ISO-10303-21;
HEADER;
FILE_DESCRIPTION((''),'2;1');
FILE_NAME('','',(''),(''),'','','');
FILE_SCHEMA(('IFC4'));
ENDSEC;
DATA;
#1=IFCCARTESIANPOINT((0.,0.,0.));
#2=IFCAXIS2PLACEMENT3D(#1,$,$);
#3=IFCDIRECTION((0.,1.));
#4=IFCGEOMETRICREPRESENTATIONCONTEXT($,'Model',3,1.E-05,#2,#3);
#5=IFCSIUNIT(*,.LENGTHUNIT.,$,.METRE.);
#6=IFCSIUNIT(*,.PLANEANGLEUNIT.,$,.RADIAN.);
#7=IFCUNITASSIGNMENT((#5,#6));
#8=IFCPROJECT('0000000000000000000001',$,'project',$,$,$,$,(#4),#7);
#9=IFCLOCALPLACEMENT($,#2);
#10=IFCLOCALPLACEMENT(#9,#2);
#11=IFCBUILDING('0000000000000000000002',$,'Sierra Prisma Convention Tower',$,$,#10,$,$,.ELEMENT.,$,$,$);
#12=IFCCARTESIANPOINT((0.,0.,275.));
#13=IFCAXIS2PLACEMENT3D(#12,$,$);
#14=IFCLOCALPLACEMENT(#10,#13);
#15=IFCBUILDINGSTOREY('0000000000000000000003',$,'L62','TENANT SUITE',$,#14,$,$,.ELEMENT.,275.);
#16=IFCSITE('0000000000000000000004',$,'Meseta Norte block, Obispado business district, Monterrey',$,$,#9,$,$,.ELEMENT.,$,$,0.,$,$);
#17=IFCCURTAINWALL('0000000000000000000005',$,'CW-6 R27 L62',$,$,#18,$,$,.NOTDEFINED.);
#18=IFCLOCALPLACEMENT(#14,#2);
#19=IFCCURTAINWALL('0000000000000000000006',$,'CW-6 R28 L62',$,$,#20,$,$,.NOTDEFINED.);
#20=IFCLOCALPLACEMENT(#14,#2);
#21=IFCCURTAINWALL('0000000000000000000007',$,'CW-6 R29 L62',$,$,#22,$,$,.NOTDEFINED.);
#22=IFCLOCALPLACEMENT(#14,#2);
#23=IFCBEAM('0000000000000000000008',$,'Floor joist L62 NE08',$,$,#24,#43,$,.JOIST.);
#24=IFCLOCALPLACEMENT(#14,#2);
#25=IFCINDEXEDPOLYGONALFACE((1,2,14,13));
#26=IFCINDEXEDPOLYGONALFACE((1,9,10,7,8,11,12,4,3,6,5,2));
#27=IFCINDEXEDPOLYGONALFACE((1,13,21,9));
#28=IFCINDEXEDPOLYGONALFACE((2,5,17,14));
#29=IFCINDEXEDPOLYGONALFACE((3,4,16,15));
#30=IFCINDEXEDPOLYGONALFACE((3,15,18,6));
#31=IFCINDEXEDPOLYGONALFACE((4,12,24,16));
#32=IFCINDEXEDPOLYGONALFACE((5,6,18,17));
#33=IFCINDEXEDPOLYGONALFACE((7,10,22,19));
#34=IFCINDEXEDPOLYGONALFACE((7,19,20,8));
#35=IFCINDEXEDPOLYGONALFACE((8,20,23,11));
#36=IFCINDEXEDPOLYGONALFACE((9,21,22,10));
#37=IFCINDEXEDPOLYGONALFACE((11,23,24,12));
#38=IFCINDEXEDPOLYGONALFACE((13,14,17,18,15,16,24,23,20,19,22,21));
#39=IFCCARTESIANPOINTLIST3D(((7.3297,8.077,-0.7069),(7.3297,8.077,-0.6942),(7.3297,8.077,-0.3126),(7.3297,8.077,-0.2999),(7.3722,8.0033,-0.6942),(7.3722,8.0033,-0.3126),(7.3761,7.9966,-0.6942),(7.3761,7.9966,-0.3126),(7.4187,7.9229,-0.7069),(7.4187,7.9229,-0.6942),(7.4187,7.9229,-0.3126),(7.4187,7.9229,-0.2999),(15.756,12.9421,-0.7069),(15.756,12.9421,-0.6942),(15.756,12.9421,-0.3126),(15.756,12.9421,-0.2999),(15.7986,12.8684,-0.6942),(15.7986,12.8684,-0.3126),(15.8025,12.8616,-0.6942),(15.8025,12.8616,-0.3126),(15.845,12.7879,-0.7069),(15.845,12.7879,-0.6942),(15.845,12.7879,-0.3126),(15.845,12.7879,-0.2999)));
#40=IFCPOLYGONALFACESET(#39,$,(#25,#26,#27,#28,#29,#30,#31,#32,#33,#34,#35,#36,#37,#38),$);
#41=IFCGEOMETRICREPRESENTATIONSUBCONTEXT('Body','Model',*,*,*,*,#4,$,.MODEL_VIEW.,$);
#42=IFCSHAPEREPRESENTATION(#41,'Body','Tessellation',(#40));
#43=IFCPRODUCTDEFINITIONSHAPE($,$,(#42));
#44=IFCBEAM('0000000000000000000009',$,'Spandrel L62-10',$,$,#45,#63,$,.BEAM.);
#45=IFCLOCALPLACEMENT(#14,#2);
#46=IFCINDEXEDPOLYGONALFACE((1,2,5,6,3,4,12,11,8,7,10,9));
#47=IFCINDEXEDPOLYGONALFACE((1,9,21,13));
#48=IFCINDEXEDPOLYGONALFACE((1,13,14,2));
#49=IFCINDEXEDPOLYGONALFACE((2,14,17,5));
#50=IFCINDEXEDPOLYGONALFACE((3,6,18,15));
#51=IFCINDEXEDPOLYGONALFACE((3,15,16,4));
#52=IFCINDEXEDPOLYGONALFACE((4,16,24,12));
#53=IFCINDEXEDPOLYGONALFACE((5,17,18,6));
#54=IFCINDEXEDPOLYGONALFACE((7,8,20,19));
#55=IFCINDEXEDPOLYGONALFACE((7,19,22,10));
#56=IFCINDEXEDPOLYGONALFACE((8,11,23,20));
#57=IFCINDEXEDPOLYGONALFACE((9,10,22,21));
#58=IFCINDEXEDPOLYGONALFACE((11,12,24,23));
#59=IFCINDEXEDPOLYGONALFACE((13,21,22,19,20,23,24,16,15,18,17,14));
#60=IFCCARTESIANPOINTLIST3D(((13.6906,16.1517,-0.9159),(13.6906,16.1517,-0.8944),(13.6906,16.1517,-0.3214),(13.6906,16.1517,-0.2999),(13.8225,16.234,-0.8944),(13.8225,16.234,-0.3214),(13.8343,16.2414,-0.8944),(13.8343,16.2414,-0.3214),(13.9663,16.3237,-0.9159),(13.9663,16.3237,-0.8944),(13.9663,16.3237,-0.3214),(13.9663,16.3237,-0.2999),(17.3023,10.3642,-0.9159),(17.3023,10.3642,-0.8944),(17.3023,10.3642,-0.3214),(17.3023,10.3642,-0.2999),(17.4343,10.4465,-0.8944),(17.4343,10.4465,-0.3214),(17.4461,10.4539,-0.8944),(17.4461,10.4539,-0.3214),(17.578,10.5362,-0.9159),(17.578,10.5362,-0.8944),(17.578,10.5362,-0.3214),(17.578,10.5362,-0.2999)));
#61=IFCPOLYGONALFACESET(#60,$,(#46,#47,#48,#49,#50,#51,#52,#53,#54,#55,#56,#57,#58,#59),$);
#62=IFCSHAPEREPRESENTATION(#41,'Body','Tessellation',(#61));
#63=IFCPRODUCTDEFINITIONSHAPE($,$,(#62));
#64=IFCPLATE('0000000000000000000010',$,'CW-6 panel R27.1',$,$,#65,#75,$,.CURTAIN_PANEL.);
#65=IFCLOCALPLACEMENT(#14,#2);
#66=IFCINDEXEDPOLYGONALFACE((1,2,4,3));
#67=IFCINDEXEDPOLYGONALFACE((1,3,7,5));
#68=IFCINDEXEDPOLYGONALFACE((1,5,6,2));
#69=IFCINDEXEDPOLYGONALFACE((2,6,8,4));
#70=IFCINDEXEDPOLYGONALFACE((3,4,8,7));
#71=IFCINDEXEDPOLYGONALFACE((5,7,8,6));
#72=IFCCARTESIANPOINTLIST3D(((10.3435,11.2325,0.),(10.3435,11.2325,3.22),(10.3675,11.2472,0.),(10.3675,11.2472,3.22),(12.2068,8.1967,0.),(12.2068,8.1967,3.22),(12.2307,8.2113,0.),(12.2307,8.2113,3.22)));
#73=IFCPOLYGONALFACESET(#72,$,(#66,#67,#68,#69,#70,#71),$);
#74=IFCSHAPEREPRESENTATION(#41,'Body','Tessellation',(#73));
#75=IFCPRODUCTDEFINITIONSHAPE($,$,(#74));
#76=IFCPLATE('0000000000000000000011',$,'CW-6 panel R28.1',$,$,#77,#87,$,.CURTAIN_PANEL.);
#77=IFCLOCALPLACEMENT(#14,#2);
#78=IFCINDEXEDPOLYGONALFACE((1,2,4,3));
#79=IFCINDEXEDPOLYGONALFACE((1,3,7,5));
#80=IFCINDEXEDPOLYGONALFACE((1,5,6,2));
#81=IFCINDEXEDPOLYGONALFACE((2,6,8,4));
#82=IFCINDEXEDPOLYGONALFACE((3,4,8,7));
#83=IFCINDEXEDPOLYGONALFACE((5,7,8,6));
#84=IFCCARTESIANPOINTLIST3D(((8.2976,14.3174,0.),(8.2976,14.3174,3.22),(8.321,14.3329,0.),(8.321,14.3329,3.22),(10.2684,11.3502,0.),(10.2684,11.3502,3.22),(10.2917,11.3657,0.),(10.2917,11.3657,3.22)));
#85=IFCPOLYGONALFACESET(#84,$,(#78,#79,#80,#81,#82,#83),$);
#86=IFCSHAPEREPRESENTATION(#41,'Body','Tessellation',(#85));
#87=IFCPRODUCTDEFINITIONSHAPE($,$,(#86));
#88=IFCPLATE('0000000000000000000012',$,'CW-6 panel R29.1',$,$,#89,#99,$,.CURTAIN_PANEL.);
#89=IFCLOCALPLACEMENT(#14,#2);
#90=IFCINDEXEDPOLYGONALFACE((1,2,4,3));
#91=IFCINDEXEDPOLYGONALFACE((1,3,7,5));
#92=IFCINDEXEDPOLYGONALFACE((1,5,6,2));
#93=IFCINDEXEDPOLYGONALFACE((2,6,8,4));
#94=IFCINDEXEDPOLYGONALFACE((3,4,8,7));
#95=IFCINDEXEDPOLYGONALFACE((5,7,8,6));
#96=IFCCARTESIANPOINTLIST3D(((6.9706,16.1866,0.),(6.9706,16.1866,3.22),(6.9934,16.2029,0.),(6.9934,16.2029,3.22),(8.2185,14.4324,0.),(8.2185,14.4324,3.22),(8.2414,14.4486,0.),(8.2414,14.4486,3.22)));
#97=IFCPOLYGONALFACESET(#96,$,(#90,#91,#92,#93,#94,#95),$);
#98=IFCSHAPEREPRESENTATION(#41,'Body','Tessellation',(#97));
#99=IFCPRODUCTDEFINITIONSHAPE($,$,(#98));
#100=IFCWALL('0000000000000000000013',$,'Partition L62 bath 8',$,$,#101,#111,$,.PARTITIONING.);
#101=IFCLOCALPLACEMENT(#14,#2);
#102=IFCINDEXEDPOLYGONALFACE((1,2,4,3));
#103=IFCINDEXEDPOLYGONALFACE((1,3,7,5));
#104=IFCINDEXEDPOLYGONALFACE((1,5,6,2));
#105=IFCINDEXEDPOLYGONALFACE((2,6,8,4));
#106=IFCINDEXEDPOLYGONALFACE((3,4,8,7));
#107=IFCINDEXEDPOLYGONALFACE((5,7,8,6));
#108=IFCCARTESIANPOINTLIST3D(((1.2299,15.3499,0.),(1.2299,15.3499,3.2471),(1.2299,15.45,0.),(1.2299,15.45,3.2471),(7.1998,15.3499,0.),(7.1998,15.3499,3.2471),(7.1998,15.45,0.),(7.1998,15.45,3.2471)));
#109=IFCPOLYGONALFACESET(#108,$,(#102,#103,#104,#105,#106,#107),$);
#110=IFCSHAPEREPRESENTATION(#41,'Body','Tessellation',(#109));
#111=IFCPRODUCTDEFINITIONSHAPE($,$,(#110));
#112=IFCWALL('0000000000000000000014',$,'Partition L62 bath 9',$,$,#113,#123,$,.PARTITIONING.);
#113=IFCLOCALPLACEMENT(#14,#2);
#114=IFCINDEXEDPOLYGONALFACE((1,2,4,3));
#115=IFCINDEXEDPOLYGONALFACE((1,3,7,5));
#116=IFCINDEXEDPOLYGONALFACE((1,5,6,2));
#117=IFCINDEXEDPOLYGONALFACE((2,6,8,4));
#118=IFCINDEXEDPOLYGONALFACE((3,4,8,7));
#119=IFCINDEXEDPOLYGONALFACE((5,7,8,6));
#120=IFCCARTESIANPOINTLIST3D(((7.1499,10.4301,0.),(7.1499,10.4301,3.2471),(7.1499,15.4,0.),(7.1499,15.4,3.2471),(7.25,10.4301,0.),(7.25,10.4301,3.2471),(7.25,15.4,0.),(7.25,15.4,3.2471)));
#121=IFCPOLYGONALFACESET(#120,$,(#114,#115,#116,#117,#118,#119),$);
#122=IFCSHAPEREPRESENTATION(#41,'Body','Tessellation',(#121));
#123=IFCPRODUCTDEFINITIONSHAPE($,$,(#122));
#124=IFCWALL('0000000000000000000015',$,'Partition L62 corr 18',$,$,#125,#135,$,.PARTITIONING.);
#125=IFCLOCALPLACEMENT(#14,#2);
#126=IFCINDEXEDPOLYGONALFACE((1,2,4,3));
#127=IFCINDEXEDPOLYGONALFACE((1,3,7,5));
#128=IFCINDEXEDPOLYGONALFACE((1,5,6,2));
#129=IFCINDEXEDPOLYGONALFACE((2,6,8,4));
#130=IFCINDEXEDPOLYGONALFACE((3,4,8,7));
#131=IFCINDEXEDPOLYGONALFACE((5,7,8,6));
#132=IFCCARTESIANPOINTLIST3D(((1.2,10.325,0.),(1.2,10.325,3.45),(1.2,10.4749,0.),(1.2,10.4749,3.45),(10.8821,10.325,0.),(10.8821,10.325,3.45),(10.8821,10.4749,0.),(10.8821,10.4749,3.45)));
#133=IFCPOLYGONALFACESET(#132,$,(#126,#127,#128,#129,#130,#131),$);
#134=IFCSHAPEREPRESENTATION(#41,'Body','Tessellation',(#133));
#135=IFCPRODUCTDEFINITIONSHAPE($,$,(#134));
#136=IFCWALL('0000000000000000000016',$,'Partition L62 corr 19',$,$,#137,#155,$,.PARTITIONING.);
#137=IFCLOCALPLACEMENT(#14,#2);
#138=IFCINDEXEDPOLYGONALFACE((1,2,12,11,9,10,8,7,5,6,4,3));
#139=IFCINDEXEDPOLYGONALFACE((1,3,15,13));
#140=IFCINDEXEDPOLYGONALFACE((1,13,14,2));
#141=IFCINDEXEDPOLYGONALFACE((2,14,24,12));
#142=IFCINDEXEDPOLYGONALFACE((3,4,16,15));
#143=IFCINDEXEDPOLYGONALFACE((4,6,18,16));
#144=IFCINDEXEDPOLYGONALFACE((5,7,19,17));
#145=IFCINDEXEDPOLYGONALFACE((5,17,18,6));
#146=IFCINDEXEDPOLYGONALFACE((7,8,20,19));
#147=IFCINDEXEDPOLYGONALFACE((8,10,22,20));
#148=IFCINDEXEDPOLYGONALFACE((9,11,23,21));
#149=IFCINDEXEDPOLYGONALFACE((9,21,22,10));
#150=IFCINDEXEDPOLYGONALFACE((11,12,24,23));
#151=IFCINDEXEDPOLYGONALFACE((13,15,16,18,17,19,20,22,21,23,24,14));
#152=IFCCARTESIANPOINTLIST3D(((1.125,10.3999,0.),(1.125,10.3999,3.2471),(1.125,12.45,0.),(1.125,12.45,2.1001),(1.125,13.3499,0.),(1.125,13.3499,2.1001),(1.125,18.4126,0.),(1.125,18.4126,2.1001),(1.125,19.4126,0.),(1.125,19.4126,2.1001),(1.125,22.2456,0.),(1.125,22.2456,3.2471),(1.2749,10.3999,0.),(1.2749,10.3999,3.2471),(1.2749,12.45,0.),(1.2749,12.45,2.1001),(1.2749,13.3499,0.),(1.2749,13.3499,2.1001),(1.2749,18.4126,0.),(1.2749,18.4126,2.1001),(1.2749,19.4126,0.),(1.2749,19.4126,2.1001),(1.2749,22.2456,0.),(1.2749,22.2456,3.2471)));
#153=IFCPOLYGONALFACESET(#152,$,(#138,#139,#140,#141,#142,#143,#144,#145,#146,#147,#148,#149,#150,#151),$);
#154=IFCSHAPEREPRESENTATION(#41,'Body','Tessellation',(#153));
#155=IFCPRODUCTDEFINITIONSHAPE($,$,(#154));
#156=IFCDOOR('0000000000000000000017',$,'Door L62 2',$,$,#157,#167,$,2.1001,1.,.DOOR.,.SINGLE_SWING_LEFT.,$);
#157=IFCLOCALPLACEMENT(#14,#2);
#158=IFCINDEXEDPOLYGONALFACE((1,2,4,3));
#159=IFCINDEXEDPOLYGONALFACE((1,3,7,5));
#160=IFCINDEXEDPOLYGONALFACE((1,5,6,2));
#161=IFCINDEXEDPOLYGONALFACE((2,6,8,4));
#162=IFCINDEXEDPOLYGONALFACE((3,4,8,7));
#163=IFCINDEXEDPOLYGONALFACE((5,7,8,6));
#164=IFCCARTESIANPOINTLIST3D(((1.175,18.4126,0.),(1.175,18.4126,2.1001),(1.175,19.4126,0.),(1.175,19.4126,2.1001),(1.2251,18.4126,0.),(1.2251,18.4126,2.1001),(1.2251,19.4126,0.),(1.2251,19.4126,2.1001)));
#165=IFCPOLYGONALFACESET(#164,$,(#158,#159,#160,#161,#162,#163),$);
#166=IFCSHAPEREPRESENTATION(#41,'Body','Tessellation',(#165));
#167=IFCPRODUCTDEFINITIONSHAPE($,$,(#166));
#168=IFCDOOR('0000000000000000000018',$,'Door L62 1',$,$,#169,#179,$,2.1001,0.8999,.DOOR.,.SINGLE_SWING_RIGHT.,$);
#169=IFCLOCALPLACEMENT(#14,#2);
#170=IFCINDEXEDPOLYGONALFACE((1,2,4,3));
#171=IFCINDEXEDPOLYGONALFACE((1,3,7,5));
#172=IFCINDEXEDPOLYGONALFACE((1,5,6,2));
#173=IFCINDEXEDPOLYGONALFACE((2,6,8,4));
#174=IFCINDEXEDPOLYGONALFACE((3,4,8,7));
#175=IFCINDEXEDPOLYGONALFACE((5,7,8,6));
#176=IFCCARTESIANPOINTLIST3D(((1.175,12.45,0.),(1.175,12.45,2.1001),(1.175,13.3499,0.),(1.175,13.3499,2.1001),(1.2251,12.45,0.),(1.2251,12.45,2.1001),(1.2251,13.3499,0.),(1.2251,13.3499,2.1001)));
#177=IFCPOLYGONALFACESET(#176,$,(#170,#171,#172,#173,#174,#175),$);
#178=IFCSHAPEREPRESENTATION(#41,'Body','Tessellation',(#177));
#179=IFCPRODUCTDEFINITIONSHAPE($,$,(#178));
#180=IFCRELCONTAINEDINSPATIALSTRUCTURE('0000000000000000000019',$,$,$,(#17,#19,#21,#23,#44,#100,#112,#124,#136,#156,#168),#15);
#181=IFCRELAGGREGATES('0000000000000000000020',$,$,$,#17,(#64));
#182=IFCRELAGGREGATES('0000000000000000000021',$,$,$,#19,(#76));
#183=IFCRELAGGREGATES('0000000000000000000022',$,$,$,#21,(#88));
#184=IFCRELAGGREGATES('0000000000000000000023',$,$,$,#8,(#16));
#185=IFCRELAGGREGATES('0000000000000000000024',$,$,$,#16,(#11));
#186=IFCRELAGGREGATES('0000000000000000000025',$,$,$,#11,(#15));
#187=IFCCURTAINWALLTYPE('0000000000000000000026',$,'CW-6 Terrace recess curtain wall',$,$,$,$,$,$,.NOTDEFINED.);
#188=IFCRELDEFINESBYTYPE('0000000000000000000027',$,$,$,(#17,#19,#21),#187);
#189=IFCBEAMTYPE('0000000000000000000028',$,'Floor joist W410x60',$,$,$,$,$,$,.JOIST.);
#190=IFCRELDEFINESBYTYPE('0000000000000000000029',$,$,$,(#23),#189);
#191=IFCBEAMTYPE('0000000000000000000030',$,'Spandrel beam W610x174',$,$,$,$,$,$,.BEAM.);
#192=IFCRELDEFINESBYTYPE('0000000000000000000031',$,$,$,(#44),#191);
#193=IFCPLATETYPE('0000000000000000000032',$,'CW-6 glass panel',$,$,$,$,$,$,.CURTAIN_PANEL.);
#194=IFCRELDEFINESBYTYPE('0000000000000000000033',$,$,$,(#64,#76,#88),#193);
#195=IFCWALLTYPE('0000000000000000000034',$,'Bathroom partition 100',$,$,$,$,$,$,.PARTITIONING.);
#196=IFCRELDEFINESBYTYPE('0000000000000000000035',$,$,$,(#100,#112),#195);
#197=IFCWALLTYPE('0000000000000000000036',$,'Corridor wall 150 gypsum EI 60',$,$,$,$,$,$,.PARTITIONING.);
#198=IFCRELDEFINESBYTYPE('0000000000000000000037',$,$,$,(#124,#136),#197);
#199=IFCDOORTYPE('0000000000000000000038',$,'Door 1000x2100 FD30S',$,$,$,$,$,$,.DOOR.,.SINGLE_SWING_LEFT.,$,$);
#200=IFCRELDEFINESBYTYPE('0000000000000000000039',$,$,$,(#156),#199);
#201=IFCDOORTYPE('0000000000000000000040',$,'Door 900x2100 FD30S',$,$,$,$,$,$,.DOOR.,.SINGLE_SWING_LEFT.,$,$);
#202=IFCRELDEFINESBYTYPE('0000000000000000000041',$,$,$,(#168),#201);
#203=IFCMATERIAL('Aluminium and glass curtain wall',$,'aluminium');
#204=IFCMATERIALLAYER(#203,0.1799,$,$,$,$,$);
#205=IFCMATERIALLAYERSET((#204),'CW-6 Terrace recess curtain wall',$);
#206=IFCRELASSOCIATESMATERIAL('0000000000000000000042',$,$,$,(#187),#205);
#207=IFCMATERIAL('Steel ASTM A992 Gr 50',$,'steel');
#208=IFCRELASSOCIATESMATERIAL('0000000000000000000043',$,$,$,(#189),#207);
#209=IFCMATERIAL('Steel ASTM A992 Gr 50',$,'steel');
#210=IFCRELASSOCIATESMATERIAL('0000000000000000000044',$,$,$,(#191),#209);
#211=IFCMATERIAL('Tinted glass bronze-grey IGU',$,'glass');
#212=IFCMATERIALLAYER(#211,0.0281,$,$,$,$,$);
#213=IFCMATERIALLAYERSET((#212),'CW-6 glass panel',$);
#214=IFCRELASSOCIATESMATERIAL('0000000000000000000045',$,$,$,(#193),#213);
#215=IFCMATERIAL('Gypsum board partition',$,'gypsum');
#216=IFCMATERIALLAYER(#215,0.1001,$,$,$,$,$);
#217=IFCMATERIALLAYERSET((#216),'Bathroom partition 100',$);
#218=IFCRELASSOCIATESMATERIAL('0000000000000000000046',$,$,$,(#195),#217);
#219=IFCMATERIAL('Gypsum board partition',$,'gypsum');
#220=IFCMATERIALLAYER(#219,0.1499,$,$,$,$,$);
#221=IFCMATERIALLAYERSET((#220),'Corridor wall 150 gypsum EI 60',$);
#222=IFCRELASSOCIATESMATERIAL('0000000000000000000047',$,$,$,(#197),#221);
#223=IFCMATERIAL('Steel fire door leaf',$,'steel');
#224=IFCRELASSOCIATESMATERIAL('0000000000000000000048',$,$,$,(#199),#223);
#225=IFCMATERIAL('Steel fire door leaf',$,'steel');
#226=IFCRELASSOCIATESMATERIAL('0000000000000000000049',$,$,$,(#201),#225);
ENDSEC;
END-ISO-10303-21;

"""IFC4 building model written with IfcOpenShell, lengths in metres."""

from ifc_helpers import new_model, si_unit, direction, frame, frame_2d, origin, origin_2d, place, context, subcontext, project, spatial, rectangle, i_section, extrude, material, layer, layer_set, material_profile, profile_set, type_object, element, fill, aggregate, save


model = new_model("IFC4")

# Units and contexts
model_context = context("Model", 3, precision=1e-05, world=origin(), true_north=direction((0.0, 1.0)))
body_context = subcontext(model_context, "Body", "Model", "MODEL_VIEW")
ifc_project = project(units=[si_unit("LENGTHUNIT", "METRE"), si_unit("PLANEANGLEUNIT", "RADIAN")], contexts=[model_context])

# Site, building, storey
site_placement = place(None, origin())
site = spatial("IfcSite", under=ifc_project, at=site_placement, Name="Meseta Norte block, Obispado business district, Monterrey", CompositionType="ELEMENT", RefElevation=0.0)
building_placement = place(site_placement, origin())
building = spatial("IfcBuilding", under=site, at=building_placement, Name="Sierra Prisma Convention Tower", CompositionType="ELEMENT")
storey_placement = place(building_placement, frame((0.0, 0.0, 275.0)))
storey = spatial("IfcBuildingStorey", under=building, at=storey_placement, Name="L62", Description="TENANT SUITE", CompositionType="ELEMENT", Elevation=275.0)

# Curtain walls
ifc_material_1 = material(Name="Aluminium and glass curtain wall", Category="aluminium")
ifc_layer_1 = layer(ifc_material_1, 0.1799)
ifc_layer_set_1 = layer_set([ifc_layer_1], Name="CW-6 Terrace recess curtain wall")
curtain_wall_type = type_object("IfcCurtainWallType", Name="CW-6 Terrace recess curtain wall", PredefinedType="NOTDEFINED", material=ifc_layer_set_1)
curtain_wall_1_placement = place(storey_placement, origin())
curtain_wall_1 = element("IfcCurtainWall", 1, at=curtain_wall_1_placement, inside=storey, type_object=curtain_wall_type, Name="CW-6 R27 L62", PredefinedType="NOTDEFINED")
curtain_wall_2_placement = place(storey_placement, origin())
curtain_wall_2 = element("IfcCurtainWall", 2, at=curtain_wall_2_placement, inside=storey, type_object=curtain_wall_type, Name="CW-6 R28 L62", PredefinedType="NOTDEFINED")

# Curtain wall
curtain_wall_3_placement = place(storey_placement, origin())
curtain_wall_3 = element("IfcCurtainWall", 3, at=curtain_wall_3_placement, inside=storey, type_object=curtain_wall_type, Name="CW-6 R29 L62", PredefinedType="NOTDEFINED")

# Beams
ifc_material_2 = material(Name="Steel ASTM A992 Gr 50", Category="steel")
ifc_material_profile_1 = material_profile(ifc_material_2, i_section(OverallWidth=0.178, OverallDepth=0.407, WebThickness=0.0078, FlangeThickness=0.0127, at=origin_2d()), Name="W410x60")
ifc_profile_set_1 = profile_set([ifc_material_profile_1], Name="Steel ASTM A992 Gr 50")
beam_type_1 = type_object("IfcBeamType", Name="Floor joist W410x60", PredefinedType="JOIST", material=ifc_profile_set_1)
beam_1_placement = place(storey_placement, frame((15.8005, 12.865, -0.5034), z_axis=(-0.866022, -0.500006, 0.0), x_axis=(0.500006, -0.866022, 0.0)))
element("IfcBeam", 4, at=beam_1_placement, inside=storey, type_object=beam_type_1, Name="Floor joist L62 NE08", PredefinedType="JOIST", context=body_context, shape_type="SweptSolid", body=[
    extrude(i_section(OverallWidth=0.178, OverallDepth=0.407, WebThickness=0.0078, FlangeThickness=0.0127, at=origin_2d()), origin(), (0.0, 0.0, 1.0), 9.73),
])
ifc_material_3 = material(Name="Steel ASTM A992 Gr 50", Category="steel")
ifc_material_profile_2 = material_profile(ifc_material_3, i_section(OverallWidth=0.325, OverallDepth=0.616, WebThickness=0.0139, FlangeThickness=0.0215, at=origin_2d()), Name="W610x174")
ifc_profile_set_2 = profile_set([ifc_material_profile_2], Name="Steel ASTM A992 Gr 50")
beam_type_2 = type_object("IfcBeamType", Name="Spandrel beam W610x174", PredefinedType="BEAM", material=ifc_profile_set_2)
beam_2_placement = place(storey_placement, frame((17.4402, 10.4502, -0.6079), z_axis=(-0.529426, 0.848356, 0.0), x_axis=(-0.848356, -0.529426, 0.0)))
element("IfcBeam", 5, at=beam_2_placement, inside=storey, type_object=beam_type_2, Name="Spandrel L62-10", PredefinedType="BEAM", context=body_context, shape_type="SweptSolid", body=[
    extrude(i_section(OverallWidth=0.325, OverallDepth=0.616, WebThickness=0.0139, FlangeThickness=0.0215, at=origin_2d()), origin(), (0.0, 0.0, 1.0), 6.822),
])

# Plates
ifc_material_4 = material(Name="Tinted glass bronze-grey IGU", Category="glass")
ifc_layer_2 = layer(ifc_material_4, 0.0281)
ifc_layer_set_2 = layer_set([ifc_layer_2], Name="CW-6 glass panel")
plate_type = type_object("IfcPlateType", Name="CW-6 glass panel", PredefinedType="CURTAIN_PANEL", material=ifc_layer_set_2)
plate_1_placement = place(storey_placement, frame((11.2871, 9.7219, 0.0), z_axis=(0.0, 0.0, 1.0), x_axis=(-0.523082, 0.852282, 0.0)))
plate_1 = element("IfcPlate", 6, at=plate_1_placement, type_object=plate_type, Name="CW-6 panel R27.1", PredefinedType="CURTAIN_PANEL", context=body_context, shape_type="SweptSolid", body=[
    extrude(rectangle(XDim=3.562, YDim=0.0281, at=origin_2d()), origin(), (0.0, 0.0, 1.0), 3.22),
])
aggregate(curtain_wall_1, [plate_1])
plate_2_placement = place(storey_placement, frame((9.2947, 12.8416, 0.0), z_axis=(0.0, 0.0, 1.0), x_axis=(-0.553268, 0.833003, 0.0)))
plate_2 = element("IfcPlate", 7, at=plate_2_placement, type_object=plate_type, Name="CW-6 panel R28.1", PredefinedType="CURTAIN_PANEL", context=body_context, shape_type="SweptSolid", body=[
    extrude(rectangle(XDim=3.562, YDim=0.0281, at=origin_2d()), origin(), (0.0, 0.0, 1.0), 3.22),
])
aggregate(curtain_wall_2, [plate_2])
plate_3_placement = place(storey_placement, frame((7.606, 15.3176, 0.0), z_axis=(0.0, 0.0, 1.0), x_axis=(-0.579669, 0.814852, 0.0)))
plate_3 = element("IfcPlate", 8, at=plate_3_placement, type_object=plate_type, Name="CW-6 panel R29.1", PredefinedType="CURTAIN_PANEL", context=body_context, shape_type="SweptSolid", body=[
    extrude(rectangle(XDim=2.1528, YDim=0.0281, at=origin_2d()), origin(), (0.0, 0.0, 1.0), 3.22),
])
aggregate(curtain_wall_3, [plate_3])

# Walls
ifc_material_5 = material(Name="Gypsum board partition", Category="gypsum")
ifc_layer_3 = layer(ifc_material_5, 0.1001)
ifc_layer_set_3 = layer_set([ifc_layer_3], Name="Bathroom partition 100")
wall_type_1 = type_object("IfcWallType", Name="Bathroom partition 100", PredefinedType="PARTITIONING", material=ifc_layer_set_3)
wall_1_placement = place(storey_placement, frame((1.23, 15.3999, 0.0), z_axis=(0.0, 0.0, 1.0), x_axis=(1.0, 0.0, 0.0)))
element("IfcWall", 9, at=wall_1_placement, inside=storey, type_object=wall_type_1, Name="Partition L62 bath 8", PredefinedType="PARTITIONING", context=body_context, shape_type="SweptSolid", body=[
    extrude(rectangle(XDim=5.97, YDim=0.1001, at=frame_2d((2.9849, 0.0))), origin(), (0.0, 0.0, 1.0), 3.2471),
])
wall_2_placement = place(storey_placement, frame((7.2, 15.3999, 0.0), z_axis=(0.0, 0.0, 1.0), x_axis=(0.0, -1.0, 0.0)))
element("IfcWall", 10, at=wall_2_placement, inside=storey, type_object=wall_type_1, Name="Partition L62 bath 9", PredefinedType="PARTITIONING", context=body_context, shape_type="SweptSolid", body=[
    extrude(rectangle(XDim=4.97, YDim=0.1001, at=frame_2d((2.4849, 0.0))), origin(), (0.0, 0.0, 1.0), 3.2471),
])

# Wall
ifc_material_6 = material(Name="Gypsum board partition", Category="gypsum")
ifc_layer_4 = layer(ifc_material_6, 0.1499)
ifc_layer_set_4 = layer_set([ifc_layer_4], Name="Corridor wall 150 gypsum EI 60")
wall_type_2 = type_object("IfcWallType", Name="Corridor wall 150 gypsum EI 60", PredefinedType="PARTITIONING", material=ifc_layer_set_4)
wall_3_placement = place(storey_placement, frame((10.8821, 10.3999, 0.0), z_axis=(0.0, 0.0, 1.0), x_axis=(-1.0, 0.0, 0.0)))
element("IfcWall", 11, at=wall_3_placement, inside=storey, type_object=wall_type_2, Name="Partition L62 corr 18", PredefinedType="PARTITIONING", context=body_context, shape_type="SweptSolid", body=[
    extrude(rectangle(XDim=9.6821, YDim=0.1499, at=frame_2d((4.8411, 0.0))), origin(), (0.0, 0.0, 1.0), 3.45),
])

# Wall, openings, doors
wall_4_placement = place(storey_placement, frame((1.2, 10.3999, 0.0), z_axis=(0.0, 0.0, 1.0), x_axis=(0.0, 1.0, 0.0)))
wall_4 = element("IfcWall", 12, at=wall_4_placement, inside=storey, type_object=wall_type_2, Name="Partition L62 corr 19", PredefinedType="PARTITIONING", context=body_context, shape_type="SweptSolid", body=[
    extrude(rectangle(XDim=11.8457, YDim=0.1499, at=frame_2d((5.9229, 0.0))), origin(), (0.0, 0.0, 1.0), 3.2471),
])
opening_1_placement = place(wall_4_placement, frame((2.05, 0.0, 0.0)))
opening_1 = element("IfcOpeningElement", 13, at=opening_1_placement, cuts=wall_4, PredefinedType="OPENING", context=body_context, shape_type="SweptSolid", body=[
    extrude(rectangle(XDim=0.8999, YDim=2.1001, at=frame_2d((0.45, 1.05))), frame((0.0, 0.075, 0.0), z_axis=(0.0, -1.0, 0.0), x_axis=(1.0, 0.0, 0.0)), (0.0, 0.0, 1.0), 0.1499),
])
opening_2_placement = place(wall_4_placement, frame((8.0127, 0.0, 0.0)))
opening_2 = element("IfcOpeningElement", 14, at=opening_2_placement, cuts=wall_4, PredefinedType="OPENING", context=body_context, shape_type="SweptSolid", body=[
    extrude(rectangle(XDim=1.0, YDim=2.1001, at=frame_2d((0.5, 1.05))), frame((0.0, 0.075, 0.0), z_axis=(0.0, -1.0, 0.0), x_axis=(1.0, 0.0, 0.0)), (0.0, 0.0, 1.0), 0.1499),
])
ifc_material_7 = material(Name="Steel fire door leaf", Category="steel")
door_type_1 = type_object("IfcDoorType", Name="Door 1000x2100 FD30S", OperationType="SINGLE_SWING_LEFT", PredefinedType="DOOR", material=ifc_material_7)
door_1_placement = place(opening_2_placement, origin())
door_1 = element("IfcDoor", 15, at=door_1_placement, inside=storey, type_object=door_type_1, Name="Door L62 2", OperationType="SINGLE_SWING_LEFT", OverallHeight=2.1001, OverallWidth=1.0, PredefinedType="DOOR", context=body_context, shape_type="SweptSolid", body=[
    extrude(rectangle(XDim=1.0, YDim=2.1001, at=frame_2d((0.5, 1.05))), frame((0.0, 0.0249, 0.0), z_axis=(0.0, -1.0, 0.0), x_axis=(1.0, 0.0, 0.0)), (0.0, 0.0, 1.0), 0.05),
])
fill(opening_2, door_1)
ifc_material_8 = material(Name="Steel fire door leaf", Category="steel")
door_type_2 = type_object("IfcDoorType", Name="Door 900x2100 FD30S", OperationType="SINGLE_SWING_LEFT", PredefinedType="DOOR", material=ifc_material_8)
door_2_placement = place(opening_1_placement, origin())
door_2 = element("IfcDoor", 16, at=door_2_placement, inside=storey, type_object=door_type_2, Name="Door L62 1", OperationType="SINGLE_SWING_RIGHT", OverallHeight=2.1001, OverallWidth=0.8999, PredefinedType="DOOR", context=body_context, shape_type="SweptSolid", body=[
    extrude(rectangle(XDim=0.8999, YDim=2.1001, at=frame_2d((0.45, 1.05))), frame((0.0, 0.0249, 0.0), z_axis=(0.0, -1.0, 0.0), x_axis=(1.0, 0.0, 0.0)), (0.0, 0.0, 1.0), 0.05),
])
fill(opening_1, door_2)

save(model, "model.ifc")
